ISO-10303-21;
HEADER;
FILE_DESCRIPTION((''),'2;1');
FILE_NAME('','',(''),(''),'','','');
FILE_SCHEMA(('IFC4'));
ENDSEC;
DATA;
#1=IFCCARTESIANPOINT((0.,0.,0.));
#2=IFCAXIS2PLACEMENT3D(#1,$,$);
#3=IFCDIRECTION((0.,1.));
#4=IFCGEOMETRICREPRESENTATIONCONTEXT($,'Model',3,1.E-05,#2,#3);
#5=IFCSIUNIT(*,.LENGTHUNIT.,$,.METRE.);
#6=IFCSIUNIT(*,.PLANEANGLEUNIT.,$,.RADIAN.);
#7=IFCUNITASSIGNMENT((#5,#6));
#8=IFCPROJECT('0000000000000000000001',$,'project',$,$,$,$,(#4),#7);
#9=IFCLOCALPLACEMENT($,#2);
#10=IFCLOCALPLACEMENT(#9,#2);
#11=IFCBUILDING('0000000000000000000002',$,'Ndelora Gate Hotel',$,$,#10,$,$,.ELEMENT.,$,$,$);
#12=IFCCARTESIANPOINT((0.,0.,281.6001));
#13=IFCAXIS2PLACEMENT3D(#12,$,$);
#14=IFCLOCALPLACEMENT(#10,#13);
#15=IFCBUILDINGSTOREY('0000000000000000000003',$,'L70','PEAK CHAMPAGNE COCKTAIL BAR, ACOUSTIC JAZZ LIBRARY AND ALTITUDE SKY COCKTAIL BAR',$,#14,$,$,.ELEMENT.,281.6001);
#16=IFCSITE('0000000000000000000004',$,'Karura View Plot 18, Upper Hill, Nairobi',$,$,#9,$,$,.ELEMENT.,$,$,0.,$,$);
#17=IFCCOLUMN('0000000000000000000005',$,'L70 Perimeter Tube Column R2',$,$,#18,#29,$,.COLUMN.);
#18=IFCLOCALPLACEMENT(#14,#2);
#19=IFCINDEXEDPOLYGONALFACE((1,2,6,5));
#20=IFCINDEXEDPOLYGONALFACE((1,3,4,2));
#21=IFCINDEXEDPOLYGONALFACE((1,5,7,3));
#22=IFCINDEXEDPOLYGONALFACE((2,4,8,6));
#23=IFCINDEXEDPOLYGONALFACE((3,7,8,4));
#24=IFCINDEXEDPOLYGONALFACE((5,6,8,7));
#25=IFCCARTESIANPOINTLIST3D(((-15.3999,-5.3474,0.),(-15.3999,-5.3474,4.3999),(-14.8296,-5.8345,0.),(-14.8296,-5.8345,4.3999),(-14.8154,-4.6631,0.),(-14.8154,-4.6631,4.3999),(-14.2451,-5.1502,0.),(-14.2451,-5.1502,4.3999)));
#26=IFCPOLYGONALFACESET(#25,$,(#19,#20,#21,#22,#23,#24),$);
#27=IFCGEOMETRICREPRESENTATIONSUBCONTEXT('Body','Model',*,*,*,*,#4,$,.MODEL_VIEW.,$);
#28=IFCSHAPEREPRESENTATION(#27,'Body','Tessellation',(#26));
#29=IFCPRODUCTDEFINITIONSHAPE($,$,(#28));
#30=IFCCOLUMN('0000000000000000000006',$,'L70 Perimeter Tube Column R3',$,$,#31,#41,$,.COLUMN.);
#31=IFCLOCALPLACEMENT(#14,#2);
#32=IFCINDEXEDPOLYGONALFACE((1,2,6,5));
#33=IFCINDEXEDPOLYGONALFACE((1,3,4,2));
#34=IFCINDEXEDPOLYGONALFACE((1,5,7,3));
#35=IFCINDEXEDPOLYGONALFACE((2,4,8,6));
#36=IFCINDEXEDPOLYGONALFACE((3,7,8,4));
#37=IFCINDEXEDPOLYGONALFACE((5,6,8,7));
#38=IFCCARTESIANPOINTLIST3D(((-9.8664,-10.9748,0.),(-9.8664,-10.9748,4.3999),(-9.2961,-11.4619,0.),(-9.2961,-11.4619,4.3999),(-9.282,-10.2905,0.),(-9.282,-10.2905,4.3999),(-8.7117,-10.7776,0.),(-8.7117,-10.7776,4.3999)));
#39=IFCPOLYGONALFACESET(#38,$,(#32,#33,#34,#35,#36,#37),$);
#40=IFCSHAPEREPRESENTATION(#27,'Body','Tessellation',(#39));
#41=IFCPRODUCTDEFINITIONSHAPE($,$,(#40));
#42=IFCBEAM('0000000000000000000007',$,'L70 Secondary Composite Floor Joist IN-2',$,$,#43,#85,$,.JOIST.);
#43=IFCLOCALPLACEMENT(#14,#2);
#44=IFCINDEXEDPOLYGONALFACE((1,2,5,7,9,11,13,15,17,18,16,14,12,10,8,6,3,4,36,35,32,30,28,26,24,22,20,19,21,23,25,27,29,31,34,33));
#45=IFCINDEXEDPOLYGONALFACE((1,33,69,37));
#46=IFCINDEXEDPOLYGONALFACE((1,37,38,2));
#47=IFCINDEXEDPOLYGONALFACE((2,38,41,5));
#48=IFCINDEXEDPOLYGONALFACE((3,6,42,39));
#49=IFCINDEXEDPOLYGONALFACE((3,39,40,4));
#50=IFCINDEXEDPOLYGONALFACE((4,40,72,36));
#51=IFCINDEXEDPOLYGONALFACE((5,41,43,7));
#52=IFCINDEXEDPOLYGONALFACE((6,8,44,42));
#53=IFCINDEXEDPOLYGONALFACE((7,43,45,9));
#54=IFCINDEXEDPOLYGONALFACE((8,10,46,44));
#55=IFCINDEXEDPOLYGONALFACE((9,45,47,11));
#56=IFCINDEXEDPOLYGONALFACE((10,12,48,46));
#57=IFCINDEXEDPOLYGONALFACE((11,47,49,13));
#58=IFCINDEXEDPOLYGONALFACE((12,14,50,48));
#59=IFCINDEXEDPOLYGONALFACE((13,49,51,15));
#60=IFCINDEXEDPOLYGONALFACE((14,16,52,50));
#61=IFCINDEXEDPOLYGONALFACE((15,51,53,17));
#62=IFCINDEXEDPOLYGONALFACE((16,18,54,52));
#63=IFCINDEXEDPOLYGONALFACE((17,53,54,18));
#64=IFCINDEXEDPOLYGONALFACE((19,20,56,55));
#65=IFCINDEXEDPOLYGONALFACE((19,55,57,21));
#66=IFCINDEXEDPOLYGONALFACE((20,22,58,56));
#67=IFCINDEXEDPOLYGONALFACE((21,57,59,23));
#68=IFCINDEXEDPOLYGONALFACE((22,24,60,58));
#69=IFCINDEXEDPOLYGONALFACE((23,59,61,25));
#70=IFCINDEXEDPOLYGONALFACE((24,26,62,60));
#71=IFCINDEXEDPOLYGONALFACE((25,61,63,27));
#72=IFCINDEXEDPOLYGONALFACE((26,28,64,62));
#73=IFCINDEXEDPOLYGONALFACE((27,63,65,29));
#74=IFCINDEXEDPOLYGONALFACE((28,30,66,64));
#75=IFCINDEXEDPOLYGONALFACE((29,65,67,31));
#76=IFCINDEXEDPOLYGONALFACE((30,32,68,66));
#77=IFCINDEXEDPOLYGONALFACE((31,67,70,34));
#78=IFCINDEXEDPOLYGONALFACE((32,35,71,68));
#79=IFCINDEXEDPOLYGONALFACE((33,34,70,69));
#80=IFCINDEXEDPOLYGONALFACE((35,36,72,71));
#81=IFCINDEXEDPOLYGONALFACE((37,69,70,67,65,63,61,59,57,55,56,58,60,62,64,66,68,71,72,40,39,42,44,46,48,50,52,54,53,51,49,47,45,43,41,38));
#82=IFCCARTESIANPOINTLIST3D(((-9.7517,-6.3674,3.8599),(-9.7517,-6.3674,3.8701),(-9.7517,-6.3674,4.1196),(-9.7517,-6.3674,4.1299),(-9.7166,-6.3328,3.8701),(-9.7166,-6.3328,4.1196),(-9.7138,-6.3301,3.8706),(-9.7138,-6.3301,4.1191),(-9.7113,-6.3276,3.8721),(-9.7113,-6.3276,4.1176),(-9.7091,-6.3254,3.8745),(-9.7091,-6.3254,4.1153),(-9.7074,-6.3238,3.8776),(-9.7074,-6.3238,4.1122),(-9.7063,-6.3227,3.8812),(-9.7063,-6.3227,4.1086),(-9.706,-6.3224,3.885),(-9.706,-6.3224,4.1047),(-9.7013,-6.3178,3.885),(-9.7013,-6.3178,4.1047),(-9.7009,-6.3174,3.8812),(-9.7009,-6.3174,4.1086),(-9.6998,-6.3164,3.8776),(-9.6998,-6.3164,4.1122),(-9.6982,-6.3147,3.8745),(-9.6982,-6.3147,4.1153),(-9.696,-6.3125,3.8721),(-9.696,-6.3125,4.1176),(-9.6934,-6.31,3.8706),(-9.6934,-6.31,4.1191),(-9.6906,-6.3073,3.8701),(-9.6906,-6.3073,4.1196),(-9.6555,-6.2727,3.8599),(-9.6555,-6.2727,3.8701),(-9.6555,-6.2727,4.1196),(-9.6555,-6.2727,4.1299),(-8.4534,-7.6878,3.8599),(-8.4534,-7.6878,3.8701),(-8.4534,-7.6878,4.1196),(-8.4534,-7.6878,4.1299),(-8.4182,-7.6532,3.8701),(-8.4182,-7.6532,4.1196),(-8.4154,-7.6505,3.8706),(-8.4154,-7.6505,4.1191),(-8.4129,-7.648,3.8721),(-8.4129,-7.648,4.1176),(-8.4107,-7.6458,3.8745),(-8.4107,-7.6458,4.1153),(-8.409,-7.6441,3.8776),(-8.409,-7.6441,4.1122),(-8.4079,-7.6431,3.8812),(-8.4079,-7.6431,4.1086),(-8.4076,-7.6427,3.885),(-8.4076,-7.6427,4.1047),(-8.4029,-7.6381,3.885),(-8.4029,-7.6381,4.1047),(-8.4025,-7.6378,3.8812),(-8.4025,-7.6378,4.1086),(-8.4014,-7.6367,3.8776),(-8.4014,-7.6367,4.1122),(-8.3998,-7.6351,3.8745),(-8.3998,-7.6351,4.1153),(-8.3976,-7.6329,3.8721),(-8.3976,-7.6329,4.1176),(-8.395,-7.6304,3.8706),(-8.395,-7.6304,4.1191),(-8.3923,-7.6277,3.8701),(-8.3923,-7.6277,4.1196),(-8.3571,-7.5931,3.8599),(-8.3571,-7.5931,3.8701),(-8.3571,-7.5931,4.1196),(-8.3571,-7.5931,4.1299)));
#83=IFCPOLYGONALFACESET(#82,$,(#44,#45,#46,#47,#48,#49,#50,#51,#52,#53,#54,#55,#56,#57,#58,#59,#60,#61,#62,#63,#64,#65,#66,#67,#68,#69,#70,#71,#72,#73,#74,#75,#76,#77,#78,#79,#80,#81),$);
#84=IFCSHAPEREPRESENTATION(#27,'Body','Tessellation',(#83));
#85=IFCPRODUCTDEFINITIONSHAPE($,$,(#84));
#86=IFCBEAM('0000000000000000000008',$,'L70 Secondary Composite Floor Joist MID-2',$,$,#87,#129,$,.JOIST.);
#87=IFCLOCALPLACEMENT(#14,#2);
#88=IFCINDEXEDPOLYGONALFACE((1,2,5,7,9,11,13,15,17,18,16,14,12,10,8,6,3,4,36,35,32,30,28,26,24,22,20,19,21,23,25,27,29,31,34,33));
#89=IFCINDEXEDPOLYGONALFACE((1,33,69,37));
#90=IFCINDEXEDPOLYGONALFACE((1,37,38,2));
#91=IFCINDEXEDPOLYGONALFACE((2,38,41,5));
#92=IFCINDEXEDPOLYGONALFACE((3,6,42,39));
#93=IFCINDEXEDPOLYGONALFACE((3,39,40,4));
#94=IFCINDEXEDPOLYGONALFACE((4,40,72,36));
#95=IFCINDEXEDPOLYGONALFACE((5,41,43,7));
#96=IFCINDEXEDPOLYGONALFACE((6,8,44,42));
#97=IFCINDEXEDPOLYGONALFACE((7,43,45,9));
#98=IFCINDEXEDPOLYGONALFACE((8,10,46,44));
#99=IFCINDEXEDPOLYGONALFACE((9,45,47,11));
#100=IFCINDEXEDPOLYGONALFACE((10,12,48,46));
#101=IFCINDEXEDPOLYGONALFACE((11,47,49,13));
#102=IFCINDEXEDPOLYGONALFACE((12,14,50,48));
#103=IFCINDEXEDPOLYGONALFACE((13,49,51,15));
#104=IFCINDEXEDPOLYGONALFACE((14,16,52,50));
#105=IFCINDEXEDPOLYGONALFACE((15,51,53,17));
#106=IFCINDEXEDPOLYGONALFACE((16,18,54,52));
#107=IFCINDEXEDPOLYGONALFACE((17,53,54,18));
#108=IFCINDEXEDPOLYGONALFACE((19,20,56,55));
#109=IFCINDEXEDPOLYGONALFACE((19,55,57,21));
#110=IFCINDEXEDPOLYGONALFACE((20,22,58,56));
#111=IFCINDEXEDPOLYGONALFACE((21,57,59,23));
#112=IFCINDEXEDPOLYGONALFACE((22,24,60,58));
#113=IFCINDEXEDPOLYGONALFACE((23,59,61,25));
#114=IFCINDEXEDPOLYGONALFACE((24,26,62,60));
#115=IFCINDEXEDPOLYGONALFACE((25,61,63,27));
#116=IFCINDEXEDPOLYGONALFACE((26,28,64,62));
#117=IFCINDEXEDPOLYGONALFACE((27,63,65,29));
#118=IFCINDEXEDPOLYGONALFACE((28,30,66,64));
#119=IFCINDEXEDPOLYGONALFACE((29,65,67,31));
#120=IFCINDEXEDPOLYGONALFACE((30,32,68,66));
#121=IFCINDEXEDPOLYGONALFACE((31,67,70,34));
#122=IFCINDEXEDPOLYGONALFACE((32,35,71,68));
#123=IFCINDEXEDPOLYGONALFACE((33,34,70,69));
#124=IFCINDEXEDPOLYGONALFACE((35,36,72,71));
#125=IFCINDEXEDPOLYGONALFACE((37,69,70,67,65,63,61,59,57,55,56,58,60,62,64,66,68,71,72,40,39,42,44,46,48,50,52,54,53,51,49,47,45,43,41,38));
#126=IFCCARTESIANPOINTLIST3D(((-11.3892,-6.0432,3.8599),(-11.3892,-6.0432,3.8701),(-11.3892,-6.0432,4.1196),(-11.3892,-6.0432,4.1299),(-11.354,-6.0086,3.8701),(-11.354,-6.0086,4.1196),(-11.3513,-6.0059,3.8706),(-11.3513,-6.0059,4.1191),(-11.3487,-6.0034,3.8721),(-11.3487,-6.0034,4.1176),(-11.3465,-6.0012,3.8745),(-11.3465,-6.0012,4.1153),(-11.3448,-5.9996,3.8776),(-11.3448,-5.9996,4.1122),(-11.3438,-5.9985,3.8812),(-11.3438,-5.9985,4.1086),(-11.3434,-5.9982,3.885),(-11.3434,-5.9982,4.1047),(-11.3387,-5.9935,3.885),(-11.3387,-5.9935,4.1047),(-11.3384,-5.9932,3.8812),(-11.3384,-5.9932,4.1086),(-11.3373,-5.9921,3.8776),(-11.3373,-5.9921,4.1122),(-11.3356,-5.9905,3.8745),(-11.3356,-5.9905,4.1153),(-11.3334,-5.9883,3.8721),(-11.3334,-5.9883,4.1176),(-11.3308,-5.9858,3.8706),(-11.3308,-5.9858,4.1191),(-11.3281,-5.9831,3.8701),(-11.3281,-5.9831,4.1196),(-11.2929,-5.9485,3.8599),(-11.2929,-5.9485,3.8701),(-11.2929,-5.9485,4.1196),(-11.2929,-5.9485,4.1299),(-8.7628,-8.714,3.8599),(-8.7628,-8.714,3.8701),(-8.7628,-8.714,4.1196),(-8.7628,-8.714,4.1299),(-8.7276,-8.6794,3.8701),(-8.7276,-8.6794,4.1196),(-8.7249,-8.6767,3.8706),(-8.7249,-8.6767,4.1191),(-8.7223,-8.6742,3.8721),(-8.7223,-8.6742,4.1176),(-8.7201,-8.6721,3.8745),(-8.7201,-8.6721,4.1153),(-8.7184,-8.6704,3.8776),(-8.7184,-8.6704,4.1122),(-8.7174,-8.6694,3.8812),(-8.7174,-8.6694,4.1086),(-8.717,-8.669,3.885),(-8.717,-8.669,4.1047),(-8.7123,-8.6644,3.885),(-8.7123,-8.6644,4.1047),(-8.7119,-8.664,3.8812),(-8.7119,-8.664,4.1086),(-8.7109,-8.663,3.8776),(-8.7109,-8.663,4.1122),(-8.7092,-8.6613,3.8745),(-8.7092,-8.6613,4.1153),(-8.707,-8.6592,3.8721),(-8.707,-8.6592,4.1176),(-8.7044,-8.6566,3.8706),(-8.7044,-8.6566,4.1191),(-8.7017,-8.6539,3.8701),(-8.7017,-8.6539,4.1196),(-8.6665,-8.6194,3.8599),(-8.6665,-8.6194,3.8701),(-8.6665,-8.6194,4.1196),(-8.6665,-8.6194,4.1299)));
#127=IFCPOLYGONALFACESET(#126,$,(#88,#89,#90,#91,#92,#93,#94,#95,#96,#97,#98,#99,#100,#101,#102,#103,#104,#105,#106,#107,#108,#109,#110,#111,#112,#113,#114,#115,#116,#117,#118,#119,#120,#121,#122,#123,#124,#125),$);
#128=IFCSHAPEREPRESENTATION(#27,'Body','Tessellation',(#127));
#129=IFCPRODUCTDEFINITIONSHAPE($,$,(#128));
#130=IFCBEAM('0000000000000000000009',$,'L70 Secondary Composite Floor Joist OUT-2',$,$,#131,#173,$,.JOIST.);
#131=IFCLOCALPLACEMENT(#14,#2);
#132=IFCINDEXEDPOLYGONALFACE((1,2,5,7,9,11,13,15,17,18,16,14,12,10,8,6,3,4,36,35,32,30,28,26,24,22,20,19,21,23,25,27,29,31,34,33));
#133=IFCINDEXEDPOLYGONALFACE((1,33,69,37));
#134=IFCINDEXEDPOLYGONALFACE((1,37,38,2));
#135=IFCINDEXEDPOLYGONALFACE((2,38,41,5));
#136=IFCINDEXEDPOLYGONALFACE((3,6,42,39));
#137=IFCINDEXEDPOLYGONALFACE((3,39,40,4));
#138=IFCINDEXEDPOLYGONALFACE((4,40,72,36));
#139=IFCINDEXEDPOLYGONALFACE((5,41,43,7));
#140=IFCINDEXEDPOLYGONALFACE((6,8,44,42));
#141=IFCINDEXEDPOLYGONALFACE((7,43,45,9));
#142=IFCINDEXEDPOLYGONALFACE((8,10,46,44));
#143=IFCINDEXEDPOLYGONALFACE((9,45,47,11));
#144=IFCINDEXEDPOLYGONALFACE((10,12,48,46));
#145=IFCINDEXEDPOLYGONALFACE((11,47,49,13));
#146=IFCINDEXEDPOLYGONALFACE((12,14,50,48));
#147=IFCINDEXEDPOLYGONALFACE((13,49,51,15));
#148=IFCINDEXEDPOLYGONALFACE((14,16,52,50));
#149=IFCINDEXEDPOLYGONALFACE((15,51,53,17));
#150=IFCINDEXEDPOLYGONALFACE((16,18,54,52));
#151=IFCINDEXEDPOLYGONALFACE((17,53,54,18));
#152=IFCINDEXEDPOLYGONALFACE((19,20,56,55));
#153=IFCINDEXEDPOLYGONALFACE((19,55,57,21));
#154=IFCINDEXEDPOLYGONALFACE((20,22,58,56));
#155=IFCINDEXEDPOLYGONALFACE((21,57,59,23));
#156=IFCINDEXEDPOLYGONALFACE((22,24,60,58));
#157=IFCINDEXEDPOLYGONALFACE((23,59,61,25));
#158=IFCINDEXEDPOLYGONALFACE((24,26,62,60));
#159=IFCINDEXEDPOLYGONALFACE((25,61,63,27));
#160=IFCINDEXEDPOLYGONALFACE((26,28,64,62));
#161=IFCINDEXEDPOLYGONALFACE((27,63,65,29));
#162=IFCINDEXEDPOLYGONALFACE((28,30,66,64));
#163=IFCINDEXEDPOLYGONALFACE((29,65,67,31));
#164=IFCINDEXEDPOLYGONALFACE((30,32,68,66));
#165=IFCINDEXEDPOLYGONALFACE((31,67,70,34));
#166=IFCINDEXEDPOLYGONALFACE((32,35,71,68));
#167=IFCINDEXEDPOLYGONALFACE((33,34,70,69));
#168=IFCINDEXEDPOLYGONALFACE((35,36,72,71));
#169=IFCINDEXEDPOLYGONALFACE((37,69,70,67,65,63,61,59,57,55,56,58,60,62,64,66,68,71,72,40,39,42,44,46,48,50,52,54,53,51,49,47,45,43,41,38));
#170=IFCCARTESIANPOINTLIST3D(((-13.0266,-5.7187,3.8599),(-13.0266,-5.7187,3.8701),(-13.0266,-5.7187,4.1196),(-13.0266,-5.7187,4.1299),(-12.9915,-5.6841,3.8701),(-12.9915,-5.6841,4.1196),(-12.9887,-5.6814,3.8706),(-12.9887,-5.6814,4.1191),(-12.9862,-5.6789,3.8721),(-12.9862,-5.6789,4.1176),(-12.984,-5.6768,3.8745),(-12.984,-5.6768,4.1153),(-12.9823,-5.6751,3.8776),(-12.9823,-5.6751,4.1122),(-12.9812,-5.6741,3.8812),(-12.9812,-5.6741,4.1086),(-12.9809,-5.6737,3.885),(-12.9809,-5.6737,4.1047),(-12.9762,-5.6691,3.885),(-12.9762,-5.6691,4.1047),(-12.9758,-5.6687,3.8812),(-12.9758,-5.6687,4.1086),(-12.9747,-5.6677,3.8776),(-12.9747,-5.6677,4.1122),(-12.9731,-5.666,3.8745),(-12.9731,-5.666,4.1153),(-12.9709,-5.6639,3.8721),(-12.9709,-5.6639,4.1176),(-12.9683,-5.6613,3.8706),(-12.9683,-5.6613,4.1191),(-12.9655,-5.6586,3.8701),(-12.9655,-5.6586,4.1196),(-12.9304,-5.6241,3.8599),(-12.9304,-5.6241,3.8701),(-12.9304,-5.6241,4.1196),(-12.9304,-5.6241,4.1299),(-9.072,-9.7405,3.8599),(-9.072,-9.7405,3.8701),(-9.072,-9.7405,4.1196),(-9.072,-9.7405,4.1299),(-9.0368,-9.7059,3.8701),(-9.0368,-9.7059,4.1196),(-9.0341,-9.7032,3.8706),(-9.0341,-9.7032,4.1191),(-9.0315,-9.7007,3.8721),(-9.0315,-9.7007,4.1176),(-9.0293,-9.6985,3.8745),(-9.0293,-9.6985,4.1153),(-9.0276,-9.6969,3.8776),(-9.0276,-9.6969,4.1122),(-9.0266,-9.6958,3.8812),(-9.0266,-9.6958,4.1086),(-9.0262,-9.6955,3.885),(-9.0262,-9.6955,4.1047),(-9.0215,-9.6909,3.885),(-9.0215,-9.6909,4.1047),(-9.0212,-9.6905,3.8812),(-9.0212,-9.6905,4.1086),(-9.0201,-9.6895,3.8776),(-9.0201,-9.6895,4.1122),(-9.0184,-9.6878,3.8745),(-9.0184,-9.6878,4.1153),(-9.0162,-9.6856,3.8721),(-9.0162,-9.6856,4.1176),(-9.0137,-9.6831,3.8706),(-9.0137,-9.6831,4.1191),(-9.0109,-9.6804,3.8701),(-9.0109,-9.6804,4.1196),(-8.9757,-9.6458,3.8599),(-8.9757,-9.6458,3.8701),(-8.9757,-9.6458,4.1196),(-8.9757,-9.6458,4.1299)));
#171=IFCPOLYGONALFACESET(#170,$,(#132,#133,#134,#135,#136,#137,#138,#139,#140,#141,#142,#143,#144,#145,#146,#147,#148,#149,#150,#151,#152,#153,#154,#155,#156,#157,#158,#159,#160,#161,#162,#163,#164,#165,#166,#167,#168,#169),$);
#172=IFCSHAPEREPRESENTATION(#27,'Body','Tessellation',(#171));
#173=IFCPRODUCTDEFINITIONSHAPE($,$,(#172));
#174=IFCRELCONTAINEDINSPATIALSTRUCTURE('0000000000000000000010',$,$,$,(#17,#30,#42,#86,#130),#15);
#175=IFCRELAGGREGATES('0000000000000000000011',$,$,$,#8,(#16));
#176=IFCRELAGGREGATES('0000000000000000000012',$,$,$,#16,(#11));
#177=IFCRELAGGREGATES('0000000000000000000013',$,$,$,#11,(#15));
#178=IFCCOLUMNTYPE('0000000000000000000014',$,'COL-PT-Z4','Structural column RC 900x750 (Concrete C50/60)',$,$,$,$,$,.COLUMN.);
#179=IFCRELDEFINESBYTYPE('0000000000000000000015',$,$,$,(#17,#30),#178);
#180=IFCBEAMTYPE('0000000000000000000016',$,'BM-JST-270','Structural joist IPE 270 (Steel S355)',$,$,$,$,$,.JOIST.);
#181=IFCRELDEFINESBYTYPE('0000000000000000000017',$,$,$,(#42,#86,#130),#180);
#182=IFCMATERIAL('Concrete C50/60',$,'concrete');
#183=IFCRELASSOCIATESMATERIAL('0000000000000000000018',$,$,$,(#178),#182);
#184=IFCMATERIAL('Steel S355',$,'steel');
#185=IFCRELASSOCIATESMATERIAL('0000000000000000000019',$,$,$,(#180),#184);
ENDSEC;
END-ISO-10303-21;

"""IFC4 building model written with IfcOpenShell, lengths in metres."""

from ifc_helpers import new_model, si_unit, direction, frame, origin, origin_2d, place, context, subcontext, project, spatial, rectangle, i_section, extrude, material, material_profile, profile_set, type_object, element, save


model = new_model("IFC4")

# Units and contexts
model_context = context("Model", 3, precision=1e-05, world=origin(), true_north=direction((0.0, 1.0)))
body_context = subcontext(model_context, "Body", "Model", "MODEL_VIEW")
ifc_project = project(units=[si_unit("LENGTHUNIT", "METRE"), si_unit("PLANEANGLEUNIT", "RADIAN")], contexts=[model_context])

# Site, building, storey
site_placement = place(None, origin())
site = spatial("IfcSite", under=ifc_project, at=site_placement, Name="Karura View Plot 18, Upper Hill, Nairobi", CompositionType="ELEMENT", RefElevation=0.0)
building_placement = place(site_placement, origin())
building = spatial("IfcBuilding", under=site, at=building_placement, Name="Ndelora Gate Hotel", CompositionType="ELEMENT")
storey_placement = place(building_placement, frame((0.0, 0.0, 281.6001)))
storey = spatial("IfcBuildingStorey", under=building, at=storey_placement, Name="L70", Description="PEAK CHAMPAGNE COCKTAIL BAR, ACOUSTIC JAZZ LIBRARY AND ALTITUDE SKY COCKTAIL BAR", CompositionType="ELEMENT", Elevation=281.6001)

# Columns
ifc_material_1 = material(Name="Concrete C50/60", Category="concrete")
ifc_material_profile_1 = material_profile(ifc_material_1, rectangle(XDim=0.75, YDim=0.8999, at=origin_2d()), Name="RC 900x750")
ifc_profile_set_1 = profile_set([ifc_material_profile_1], Name="Concrete C50/60")
column_type = type_object("IfcColumnType", Name="COL-PT-Z4", Description="Structural column RC 900x750 (Concrete C50/60)", PredefinedType="COLUMN", material=ifc_profile_set_1)
for number, where, z_axis, x_axis, name in (
    (1, (-14.8225, -5.2488, 0.0), (0.0, 0.0, 1.0), (-0.760406, 0.649448, 0.0), "L70 Perimeter Tube Column R2"),
    (2, (-9.2891, -10.8762, 0.0), (0.0, 0.0, 1.0), (-0.760406, 0.649448, 0.0), "L70 Perimeter Tube Column R3"),
):
    element("IfcColumn", number, at=place(storey_placement, frame(where, z_axis=z_axis, x_axis=x_axis)), inside=storey, type_object=column_type, Name=name, PredefinedType="COLUMN", context=body_context, shape_type="SweptSolid", body=[
        extrude(rectangle(XDim=0.75, YDim=0.8999, at=origin_2d()), origin(), (0.0, 0.0, 1.0), 4.3999),
    ])

# Beams
ifc_material_2 = material(Name="Steel S355", Category="steel")
ifc_material_profile_2 = material_profile(ifc_material_2, i_section(OverallWidth=0.135, OverallDepth=0.27, WebThickness=0.0066, FlangeThickness=0.0103, FilletRadius=0.0149, at=origin_2d()), Name="IPE 270")
ifc_profile_set_2 = profile_set([ifc_material_profile_2], Name="Steel S355")
beam_type_1 = type_object("IfcBeamType", Name="BM-JST-270", Description="Structural joist IPE 270 (Steel S355)", PredefinedType="JOIST", material=ifc_profile_set_2)
beam_1_placement = place(storey_placement, frame((-9.7036, -6.3201, 3.9949), z_axis=(0.701149, -0.713015, 0.0), x_axis=(0.713015, 0.701149, 0.0)))
element("IfcBeam", 3, at=beam_1_placement, inside=storey, type_object=beam_type_1, Name="L70 Secondary Composite Floor Joist IN-2", PredefinedType="JOIST", context=body_context, shape_type="SweptSolid", body=[
    extrude(i_section(OverallWidth=0.135, OverallDepth=0.27, WebThickness=0.0066, FlangeThickness=0.0103, FilletRadius=0.0149, at=origin_2d()), origin(), (0.0, 0.0, 1.0), 1.8518),
])
beam_2_placement = place(storey_placement, frame((-11.3411, -5.9958, 3.9949), z_axis=(0.701151, -0.713013, 0.0), x_axis=(0.713013, 0.701151, 0.0)))
element("IfcBeam", 4, at=beam_2_placement, inside=storey, type_object=beam_type_1, Name="L70 Secondary Composite Floor Joist MID-2", PredefinedType="JOIST", context=body_context, shape_type="SweptSolid", body=[
    extrude(i_section(OverallWidth=0.135, OverallDepth=0.27, WebThickness=0.0066, FlangeThickness=0.0103, FilletRadius=0.0149, at=origin_2d()), origin(), (0.0, 0.0, 1.0), 3.7458),
])
beam_3_placement = place(storey_placement, frame((-12.9785, -5.6714, 3.9949), z_axis=(0.70113, -0.713033, 0.0), x_axis=(0.713033, 0.70113, 0.0)))
element("IfcBeam", 5, at=beam_3_placement, inside=storey, type_object=beam_type_1, Name="L70 Secondary Composite Floor Joist OUT-2", PredefinedType="JOIST", context=body_context, shape_type="SweptSolid", body=[
    extrude(i_section(OverallWidth=0.135, OverallDepth=0.27, WebThickness=0.0066, FlangeThickness=0.0103, FilletRadius=0.0149, at=origin_2d()), origin(), (0.0, 0.0, 1.0), 5.6404),
])

save(model, "model.ifc")
